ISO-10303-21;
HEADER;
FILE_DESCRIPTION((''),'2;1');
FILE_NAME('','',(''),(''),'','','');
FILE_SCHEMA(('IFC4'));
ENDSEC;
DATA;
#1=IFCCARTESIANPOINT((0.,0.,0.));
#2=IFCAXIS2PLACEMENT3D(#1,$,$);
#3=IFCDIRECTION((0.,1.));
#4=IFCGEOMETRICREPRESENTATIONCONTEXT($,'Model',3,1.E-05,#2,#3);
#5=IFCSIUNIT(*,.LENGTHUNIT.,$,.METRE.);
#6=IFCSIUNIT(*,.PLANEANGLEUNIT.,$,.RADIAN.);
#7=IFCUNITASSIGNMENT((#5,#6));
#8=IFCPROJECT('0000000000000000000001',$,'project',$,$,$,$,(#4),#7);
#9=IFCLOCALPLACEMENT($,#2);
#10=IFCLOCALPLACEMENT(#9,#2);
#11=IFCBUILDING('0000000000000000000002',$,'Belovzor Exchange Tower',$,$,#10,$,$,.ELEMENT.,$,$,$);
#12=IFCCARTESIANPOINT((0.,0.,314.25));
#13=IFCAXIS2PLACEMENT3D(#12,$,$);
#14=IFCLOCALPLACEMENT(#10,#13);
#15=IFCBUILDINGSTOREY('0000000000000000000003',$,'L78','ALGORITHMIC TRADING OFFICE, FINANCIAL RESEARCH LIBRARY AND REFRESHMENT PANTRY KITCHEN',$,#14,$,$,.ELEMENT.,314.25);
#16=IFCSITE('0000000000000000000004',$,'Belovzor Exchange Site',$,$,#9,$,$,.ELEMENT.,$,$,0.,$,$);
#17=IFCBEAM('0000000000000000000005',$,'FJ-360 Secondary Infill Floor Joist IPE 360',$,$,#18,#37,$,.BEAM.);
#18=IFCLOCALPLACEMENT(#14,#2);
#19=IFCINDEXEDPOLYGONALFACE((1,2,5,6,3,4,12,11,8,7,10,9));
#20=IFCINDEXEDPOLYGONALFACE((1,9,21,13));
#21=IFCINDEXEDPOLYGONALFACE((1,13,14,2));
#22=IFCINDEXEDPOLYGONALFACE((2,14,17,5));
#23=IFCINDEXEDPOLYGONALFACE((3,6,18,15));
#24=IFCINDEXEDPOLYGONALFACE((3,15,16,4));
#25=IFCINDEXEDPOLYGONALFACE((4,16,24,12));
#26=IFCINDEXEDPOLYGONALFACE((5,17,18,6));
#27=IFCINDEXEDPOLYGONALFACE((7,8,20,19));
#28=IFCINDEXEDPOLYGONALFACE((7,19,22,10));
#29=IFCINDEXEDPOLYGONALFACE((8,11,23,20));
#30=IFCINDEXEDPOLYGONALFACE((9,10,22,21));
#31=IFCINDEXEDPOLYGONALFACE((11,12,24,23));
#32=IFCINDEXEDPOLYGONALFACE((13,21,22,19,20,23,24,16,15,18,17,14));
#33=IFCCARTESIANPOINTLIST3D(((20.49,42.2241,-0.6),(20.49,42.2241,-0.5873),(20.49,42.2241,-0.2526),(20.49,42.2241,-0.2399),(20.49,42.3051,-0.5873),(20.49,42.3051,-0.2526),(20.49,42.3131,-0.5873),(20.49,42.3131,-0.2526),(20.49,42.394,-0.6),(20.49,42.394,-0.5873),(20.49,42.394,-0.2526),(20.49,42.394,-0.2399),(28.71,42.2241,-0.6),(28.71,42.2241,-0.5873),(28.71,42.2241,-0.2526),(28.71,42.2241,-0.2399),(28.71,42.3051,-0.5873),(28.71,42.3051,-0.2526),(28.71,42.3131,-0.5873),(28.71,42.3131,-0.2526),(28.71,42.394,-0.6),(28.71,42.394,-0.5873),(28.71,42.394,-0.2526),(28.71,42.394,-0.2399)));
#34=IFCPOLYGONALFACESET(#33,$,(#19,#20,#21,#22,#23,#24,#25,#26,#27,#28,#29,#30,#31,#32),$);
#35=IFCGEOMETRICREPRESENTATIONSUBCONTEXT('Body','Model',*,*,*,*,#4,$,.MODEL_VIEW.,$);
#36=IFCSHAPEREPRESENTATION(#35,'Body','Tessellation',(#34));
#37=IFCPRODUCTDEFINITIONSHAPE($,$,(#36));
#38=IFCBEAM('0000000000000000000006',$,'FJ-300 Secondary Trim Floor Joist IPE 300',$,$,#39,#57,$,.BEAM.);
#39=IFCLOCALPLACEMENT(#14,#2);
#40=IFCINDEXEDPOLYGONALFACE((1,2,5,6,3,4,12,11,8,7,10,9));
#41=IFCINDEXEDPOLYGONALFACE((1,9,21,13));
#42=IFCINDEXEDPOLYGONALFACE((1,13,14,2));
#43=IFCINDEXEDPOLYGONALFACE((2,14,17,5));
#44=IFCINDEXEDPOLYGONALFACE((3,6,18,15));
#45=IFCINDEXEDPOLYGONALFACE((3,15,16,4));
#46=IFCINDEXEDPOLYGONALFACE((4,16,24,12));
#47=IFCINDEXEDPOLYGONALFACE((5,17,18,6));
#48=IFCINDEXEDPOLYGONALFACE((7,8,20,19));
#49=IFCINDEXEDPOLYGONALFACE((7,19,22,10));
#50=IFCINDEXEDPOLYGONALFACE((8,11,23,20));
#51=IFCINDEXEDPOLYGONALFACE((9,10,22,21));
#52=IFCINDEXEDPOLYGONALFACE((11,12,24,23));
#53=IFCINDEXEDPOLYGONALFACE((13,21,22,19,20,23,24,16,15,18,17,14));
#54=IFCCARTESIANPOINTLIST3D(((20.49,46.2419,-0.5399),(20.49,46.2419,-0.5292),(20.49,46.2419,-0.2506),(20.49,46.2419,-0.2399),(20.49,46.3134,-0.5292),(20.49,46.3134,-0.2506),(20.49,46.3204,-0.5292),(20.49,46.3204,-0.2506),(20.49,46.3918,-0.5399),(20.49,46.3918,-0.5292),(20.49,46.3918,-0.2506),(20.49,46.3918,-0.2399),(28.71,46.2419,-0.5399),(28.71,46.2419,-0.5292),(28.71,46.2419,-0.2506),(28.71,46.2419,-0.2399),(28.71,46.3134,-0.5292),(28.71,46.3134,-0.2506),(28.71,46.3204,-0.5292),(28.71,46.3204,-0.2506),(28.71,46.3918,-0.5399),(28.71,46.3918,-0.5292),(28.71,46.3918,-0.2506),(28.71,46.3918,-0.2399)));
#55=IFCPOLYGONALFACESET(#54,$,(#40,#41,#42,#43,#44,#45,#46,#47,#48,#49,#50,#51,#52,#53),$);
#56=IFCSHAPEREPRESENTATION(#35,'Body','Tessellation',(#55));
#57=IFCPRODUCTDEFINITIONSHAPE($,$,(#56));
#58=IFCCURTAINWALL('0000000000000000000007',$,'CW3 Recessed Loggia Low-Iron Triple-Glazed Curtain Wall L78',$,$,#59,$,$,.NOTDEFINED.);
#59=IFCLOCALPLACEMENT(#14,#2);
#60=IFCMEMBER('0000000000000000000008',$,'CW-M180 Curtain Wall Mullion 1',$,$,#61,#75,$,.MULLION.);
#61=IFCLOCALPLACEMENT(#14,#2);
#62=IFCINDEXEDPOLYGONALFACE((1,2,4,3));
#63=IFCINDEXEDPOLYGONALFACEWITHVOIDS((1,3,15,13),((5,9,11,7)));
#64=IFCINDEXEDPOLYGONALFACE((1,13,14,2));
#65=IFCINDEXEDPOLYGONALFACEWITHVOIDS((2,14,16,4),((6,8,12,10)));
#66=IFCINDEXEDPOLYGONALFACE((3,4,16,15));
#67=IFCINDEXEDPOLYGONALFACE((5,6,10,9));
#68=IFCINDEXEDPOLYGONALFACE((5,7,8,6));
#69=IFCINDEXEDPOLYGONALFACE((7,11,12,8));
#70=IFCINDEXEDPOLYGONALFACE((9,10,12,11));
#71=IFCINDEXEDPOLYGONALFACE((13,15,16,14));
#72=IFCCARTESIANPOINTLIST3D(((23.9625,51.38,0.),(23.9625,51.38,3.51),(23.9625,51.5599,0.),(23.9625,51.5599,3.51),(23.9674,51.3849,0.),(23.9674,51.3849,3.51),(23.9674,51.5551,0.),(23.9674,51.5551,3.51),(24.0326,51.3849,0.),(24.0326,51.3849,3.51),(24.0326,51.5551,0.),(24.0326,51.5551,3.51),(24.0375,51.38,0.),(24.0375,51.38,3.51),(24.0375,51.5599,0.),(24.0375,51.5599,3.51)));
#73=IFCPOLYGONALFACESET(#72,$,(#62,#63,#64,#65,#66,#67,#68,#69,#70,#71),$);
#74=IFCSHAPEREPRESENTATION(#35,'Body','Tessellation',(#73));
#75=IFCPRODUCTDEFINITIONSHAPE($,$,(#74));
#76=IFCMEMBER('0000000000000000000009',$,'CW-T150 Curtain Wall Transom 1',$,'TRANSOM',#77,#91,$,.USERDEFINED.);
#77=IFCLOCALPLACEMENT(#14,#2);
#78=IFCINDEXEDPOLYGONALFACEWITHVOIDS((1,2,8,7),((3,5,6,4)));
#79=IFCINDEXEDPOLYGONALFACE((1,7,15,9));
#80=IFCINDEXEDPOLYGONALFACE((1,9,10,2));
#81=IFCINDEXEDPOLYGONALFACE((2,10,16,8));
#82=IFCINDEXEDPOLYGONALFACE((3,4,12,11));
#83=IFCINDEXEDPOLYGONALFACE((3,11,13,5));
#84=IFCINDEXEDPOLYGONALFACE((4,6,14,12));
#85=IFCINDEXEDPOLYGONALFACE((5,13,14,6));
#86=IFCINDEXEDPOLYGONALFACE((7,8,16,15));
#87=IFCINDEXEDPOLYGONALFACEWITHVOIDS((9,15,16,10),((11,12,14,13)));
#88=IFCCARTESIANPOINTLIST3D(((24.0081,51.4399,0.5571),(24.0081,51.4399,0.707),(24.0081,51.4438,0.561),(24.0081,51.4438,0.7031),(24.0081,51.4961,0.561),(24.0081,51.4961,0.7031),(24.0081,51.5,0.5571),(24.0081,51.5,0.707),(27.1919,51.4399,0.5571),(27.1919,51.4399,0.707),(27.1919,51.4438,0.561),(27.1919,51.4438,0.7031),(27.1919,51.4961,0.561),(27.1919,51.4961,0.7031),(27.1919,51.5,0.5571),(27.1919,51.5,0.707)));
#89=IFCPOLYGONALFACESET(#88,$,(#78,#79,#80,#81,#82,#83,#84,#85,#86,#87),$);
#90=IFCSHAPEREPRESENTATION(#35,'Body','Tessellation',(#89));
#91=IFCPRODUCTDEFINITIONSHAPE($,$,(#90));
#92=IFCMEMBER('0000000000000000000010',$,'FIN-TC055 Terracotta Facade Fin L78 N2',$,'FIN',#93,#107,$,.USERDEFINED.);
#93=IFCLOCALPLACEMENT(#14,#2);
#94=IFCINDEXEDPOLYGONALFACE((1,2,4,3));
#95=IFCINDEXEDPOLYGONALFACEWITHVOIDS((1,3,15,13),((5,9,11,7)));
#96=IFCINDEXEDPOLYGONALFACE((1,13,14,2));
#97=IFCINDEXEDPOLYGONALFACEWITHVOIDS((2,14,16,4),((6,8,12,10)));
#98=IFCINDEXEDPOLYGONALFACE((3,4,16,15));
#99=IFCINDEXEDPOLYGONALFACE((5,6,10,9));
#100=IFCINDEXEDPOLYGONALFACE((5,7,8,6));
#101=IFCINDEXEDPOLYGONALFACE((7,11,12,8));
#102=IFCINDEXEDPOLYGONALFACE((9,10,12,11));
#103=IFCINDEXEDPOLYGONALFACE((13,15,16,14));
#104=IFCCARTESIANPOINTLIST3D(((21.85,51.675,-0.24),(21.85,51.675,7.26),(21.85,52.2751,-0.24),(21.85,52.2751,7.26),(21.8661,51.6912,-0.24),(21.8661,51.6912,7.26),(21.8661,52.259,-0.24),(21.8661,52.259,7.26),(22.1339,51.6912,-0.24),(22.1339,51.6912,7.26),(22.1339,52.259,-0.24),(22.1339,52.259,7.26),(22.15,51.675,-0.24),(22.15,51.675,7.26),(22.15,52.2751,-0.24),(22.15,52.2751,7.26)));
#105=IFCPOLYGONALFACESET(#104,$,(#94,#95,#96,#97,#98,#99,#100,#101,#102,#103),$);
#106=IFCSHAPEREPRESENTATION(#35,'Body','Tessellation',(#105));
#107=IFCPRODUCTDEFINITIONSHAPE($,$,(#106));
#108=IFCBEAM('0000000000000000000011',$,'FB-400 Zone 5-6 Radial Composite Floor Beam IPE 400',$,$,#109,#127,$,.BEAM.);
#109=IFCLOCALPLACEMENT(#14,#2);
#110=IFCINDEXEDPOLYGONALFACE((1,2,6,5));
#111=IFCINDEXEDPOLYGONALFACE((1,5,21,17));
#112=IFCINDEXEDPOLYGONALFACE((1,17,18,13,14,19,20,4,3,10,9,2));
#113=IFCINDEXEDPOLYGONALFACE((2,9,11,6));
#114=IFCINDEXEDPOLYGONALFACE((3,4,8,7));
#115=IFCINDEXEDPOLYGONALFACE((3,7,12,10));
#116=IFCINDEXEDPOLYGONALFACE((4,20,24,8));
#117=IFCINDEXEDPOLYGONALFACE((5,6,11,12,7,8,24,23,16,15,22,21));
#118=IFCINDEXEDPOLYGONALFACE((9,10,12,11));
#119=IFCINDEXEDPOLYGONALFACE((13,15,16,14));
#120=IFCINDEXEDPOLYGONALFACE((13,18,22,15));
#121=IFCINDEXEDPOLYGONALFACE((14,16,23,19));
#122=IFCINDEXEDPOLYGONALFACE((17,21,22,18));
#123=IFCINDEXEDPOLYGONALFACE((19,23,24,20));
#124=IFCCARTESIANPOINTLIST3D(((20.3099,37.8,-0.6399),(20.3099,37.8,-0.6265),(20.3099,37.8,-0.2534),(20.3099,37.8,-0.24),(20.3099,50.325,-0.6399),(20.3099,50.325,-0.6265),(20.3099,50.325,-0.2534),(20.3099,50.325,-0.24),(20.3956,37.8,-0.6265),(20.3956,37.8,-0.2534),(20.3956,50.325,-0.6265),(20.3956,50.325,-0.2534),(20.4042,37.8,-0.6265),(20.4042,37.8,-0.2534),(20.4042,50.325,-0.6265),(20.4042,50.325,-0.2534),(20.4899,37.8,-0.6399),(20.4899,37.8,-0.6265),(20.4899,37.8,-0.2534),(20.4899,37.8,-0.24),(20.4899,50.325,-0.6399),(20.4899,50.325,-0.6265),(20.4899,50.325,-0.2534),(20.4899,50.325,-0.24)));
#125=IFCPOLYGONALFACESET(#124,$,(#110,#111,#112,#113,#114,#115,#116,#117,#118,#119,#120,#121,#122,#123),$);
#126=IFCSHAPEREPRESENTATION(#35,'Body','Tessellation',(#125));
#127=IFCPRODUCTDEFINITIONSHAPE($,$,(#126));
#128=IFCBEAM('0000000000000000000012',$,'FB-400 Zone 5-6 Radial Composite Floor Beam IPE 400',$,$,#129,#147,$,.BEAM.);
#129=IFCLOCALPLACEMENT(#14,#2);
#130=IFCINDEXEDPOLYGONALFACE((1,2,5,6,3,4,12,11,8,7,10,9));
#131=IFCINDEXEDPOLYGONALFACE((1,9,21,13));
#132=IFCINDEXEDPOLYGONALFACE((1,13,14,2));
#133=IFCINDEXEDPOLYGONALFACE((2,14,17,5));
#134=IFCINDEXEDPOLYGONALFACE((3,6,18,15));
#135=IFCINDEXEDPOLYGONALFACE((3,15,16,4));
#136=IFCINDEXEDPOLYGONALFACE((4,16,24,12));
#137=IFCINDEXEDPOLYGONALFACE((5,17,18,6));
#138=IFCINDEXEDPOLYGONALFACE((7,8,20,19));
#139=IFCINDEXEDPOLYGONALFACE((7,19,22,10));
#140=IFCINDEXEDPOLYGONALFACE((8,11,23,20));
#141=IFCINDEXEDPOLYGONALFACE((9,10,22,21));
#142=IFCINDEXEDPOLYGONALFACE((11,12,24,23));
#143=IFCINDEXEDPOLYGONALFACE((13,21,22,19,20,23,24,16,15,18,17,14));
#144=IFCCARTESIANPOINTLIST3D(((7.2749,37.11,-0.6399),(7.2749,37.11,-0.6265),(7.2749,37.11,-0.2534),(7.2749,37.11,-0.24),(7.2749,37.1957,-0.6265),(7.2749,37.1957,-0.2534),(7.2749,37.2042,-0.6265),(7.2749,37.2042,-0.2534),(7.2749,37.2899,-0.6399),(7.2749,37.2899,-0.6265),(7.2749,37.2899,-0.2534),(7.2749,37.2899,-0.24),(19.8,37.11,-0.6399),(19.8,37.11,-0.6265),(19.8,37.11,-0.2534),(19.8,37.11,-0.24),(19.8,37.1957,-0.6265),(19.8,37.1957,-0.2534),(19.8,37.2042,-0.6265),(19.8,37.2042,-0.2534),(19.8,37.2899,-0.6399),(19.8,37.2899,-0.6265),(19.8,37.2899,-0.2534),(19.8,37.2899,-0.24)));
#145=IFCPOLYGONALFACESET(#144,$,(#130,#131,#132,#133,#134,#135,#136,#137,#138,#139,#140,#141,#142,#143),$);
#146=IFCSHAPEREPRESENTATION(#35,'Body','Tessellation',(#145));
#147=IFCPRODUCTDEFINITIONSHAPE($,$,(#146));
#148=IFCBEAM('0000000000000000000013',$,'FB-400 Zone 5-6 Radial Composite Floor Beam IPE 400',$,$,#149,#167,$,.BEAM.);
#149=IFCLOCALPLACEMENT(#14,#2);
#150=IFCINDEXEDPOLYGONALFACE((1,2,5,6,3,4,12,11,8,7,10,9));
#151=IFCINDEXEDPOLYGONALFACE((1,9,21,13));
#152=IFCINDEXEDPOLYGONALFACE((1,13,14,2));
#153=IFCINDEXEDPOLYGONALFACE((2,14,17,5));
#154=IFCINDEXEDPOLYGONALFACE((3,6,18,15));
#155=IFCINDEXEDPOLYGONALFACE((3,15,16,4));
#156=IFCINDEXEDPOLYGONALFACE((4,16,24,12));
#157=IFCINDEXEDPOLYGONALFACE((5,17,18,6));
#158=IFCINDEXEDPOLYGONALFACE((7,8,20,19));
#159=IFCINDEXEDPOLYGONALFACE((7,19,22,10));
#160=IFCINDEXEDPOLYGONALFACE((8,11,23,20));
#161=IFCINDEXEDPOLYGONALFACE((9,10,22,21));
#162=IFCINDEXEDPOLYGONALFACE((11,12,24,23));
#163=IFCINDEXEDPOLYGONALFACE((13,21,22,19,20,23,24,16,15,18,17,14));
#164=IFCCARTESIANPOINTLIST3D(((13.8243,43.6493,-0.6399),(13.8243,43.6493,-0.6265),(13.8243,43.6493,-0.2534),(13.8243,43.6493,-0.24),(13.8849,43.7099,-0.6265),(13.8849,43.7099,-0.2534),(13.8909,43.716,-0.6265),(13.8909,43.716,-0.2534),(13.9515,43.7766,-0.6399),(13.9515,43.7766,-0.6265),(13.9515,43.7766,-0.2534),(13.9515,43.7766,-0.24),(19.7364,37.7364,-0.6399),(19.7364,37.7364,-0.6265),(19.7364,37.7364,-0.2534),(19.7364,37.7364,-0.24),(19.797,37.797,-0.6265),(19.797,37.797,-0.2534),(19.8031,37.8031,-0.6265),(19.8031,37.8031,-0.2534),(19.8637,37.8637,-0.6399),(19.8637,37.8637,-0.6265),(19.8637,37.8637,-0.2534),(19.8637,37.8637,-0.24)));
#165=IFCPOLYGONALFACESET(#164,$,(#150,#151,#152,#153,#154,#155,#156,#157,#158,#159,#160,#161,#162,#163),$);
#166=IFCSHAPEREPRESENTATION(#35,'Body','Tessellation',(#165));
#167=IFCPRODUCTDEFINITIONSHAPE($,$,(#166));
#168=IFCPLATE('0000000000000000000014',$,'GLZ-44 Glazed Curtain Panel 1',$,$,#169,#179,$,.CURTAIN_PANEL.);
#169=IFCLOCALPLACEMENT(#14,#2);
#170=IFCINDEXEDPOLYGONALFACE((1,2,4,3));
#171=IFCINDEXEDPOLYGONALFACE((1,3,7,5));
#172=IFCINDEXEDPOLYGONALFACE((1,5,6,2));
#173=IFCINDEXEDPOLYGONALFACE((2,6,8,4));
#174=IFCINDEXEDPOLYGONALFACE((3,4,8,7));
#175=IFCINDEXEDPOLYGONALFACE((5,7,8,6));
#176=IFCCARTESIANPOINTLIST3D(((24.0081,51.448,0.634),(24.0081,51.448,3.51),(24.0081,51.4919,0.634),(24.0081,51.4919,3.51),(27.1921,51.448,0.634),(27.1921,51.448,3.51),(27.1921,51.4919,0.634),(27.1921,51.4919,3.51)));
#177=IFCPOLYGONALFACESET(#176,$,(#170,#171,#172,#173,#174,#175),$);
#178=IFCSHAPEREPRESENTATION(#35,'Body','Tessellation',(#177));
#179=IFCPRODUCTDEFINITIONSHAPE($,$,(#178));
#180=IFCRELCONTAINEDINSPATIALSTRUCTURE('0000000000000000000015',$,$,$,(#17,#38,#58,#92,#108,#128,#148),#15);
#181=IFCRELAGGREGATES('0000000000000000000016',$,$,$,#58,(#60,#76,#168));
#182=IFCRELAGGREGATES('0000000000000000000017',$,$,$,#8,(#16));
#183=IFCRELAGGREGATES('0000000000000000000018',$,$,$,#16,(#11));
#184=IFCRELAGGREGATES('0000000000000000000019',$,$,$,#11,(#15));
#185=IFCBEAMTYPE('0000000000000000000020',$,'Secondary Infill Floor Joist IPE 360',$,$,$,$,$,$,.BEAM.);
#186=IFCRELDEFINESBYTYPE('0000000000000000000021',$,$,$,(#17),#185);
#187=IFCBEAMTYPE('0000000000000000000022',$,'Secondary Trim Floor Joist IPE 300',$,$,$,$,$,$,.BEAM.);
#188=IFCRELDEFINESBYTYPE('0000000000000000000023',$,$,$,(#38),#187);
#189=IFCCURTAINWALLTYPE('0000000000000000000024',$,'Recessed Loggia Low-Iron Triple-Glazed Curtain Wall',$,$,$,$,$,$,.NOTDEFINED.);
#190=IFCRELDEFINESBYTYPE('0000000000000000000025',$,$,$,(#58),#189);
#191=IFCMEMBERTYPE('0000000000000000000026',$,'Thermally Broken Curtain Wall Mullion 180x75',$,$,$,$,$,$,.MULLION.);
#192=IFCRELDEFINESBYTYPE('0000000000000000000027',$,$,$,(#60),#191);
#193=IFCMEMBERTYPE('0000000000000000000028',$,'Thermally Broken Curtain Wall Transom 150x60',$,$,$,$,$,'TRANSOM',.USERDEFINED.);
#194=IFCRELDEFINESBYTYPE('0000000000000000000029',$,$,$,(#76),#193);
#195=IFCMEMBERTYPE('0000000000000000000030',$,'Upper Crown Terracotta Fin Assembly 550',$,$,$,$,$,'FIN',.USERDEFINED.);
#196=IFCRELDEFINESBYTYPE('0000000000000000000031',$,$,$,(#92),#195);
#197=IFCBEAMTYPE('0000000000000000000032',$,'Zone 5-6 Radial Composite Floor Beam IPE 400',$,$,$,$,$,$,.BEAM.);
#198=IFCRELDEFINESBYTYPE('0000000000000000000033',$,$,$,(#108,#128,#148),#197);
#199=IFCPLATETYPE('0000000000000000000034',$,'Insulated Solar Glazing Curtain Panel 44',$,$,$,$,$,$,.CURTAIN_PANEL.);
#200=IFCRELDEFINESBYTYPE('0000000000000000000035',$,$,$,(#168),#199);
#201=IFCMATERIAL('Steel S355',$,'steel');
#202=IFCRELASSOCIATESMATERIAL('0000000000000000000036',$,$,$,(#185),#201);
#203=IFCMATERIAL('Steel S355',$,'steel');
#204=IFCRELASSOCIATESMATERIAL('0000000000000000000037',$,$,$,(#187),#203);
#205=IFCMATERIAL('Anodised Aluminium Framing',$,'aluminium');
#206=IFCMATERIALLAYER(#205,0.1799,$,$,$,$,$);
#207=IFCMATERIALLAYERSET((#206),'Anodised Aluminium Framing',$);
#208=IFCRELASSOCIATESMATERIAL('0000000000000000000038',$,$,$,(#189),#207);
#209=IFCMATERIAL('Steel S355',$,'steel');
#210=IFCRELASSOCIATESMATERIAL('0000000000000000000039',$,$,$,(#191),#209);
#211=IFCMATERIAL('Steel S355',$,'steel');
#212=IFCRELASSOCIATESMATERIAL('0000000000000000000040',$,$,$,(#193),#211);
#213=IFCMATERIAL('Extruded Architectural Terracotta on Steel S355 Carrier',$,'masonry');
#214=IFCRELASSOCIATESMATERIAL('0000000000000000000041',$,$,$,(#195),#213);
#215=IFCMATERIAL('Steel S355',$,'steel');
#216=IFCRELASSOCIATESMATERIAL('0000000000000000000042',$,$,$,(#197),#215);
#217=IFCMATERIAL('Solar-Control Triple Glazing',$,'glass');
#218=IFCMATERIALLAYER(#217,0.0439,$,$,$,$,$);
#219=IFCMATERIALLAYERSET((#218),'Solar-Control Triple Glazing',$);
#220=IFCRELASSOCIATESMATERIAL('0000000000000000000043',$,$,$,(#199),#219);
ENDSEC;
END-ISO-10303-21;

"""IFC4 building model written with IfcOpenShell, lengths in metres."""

from ifc_helpers import new_model, si_unit, direction, frame, origin, origin_2d, place, context, subcontext, project, spatial, rectangle, hollow_rectangle, i_section, extrude, material, layer, layer_set, material_profile, profile_set, type_object, element, aggregate, save


model = new_model("IFC4")

# Units and contexts
model_context = context("Model", 3, precision=1e-05, world=origin(), true_north=direction((0.0, 1.0)))
body_context = subcontext(model_context, "Body", "Model", "MODEL_VIEW")
ifc_project = project(units=[si_unit("LENGTHUNIT", "METRE"), si_unit("PLANEANGLEUNIT", "RADIAN")], contexts=[model_context])

# Site, building, storey
site_placement = place(None, origin())
site = spatial("IfcSite", under=ifc_project, at=site_placement, Name="Belovzor Exchange Site", CompositionType="ELEMENT", RefElevation=0.0)
building_placement = place(site_placement, origin())
building = spatial("IfcBuilding", under=site, at=building_placement, Name="Belovzor Exchange Tower", CompositionType="ELEMENT")
storey_placement = place(building_placement, frame((0.0, 0.0, 314.25)))
storey = spatial("IfcBuildingStorey", under=building, at=storey_placement, Name="L78", Description="ALGORITHMIC TRADING OFFICE, FINANCIAL RESEARCH LIBRARY AND REFRESHMENT PANTRY KITCHEN", CompositionType="ELEMENT", Elevation=314.25)

# Beams
ifc_material_1 = material(Name="Steel S355", Category="steel")
ifc_material_profile_1 = material_profile(ifc_material_1, i_section(OverallWidth=0.1699, OverallDepth=0.3601, WebThickness=0.0081, FlangeThickness=0.0127, at=origin_2d()))
ifc_profile_set_1 = profile_set([ifc_material_profile_1], Name="Steel S355")
beam_type_1 = type_object("IfcBeamType", Name="Secondary Infill Floor Joist IPE 360", PredefinedType="BEAM", material=ifc_profile_set_1)
beam_1_placement = place(storey_placement, frame((20.49, 42.3091, -0.4199), z_axis=(1.0, 0.0, 0.0), x_axis=(0.0, 1.0, 0.0)))
element("IfcBeam", 1, at=beam_1_placement, inside=storey, type_object=beam_type_1, Name="FJ-360 Secondary Infill Floor Joist IPE 360", PredefinedType="BEAM", context=body_context, shape_type="SweptSolid", body=[
    extrude(i_section(OverallWidth=0.1699, OverallDepth=0.3601, WebThickness=0.0081, FlangeThickness=0.0127, at=origin_2d()), origin(), (0.0, 0.0, 1.0), 8.22),
])
ifc_material_2 = material(Name="Steel S355", Category="steel")
ifc_material_profile_2 = material_profile(ifc_material_2, i_section(OverallWidth=0.1499, OverallDepth=0.3, WebThickness=0.0071, FlangeThickness=0.0107, at=origin_2d()))
ifc_profile_set_2 = profile_set([ifc_material_profile_2], Name="Steel S355")
beam_type_2 = type_object("IfcBeamType", Name="Secondary Trim Floor Joist IPE 300", PredefinedType="BEAM", material=ifc_profile_set_2)
beam_2_placement = place(storey_placement, frame((20.49, 46.3169, -0.3899), z_axis=(1.0, 0.0, 0.0), x_axis=(0.0, 1.0, 0.0)))
element("IfcBeam", 2, at=beam_2_placement, inside=storey, type_object=beam_type_2, Name="FJ-300 Secondary Trim Floor Joist IPE 300", PredefinedType="BEAM", context=body_context, shape_type="SweptSolid", body=[
    extrude(i_section(OverallWidth=0.1499, OverallDepth=0.3, WebThickness=0.0071, FlangeThickness=0.0107, at=origin_2d()), origin(), (0.0, 0.0, 1.0), 8.22),
])

# Curtain wall, members
ifc_material_3 = material(Name="Anodised Aluminium Framing", Category="aluminium")
ifc_layer_1 = layer(ifc_material_3, 0.1799)
ifc_layer_set_1 = layer_set([ifc_layer_1], Name="Anodised Aluminium Framing")
curtain_wall_type = type_object("IfcCurtainWallType", Name="Recessed Loggia Low-Iron Triple-Glazed Curtain Wall", PredefinedType="NOTDEFINED", material=ifc_layer_set_1)
curtain_wall_placement = place(storey_placement, origin())
curtain_wall = element("IfcCurtainWall", 3, at=curtain_wall_placement, inside=storey, type_object=curtain_wall_type, Name="CW3 Recessed Loggia Low-Iron Triple-Glazed Curtain Wall L78", PredefinedType="NOTDEFINED")
ifc_material_4 = material(Name="Steel S355", Category="steel")
ifc_material_profile_3 = material_profile(ifc_material_4, hollow_rectangle(XDim=0.075, YDim=0.1799, WallThickness=0.0049, at=origin_2d()))
ifc_profile_set_3 = profile_set([ifc_material_profile_3], Name="Steel S355")
member_type_1 = type_object("IfcMemberType", Name="Thermally Broken Curtain Wall Mullion 180x75", PredefinedType="MULLION", material=ifc_profile_set_3)
member_1_placement = place(storey_placement, frame((24.0, 51.47, 0.0), z_axis=(0.0, 0.0, 1.0), x_axis=(1.0, 0.0, 0.0)))
member_1 = element("IfcMember", 4, at=member_1_placement, type_object=member_type_1, Name="CW-M180 Curtain Wall Mullion 1", PredefinedType="MULLION", context=body_context, shape_type="SweptSolid", body=[
    extrude(hollow_rectangle(XDim=0.075, YDim=0.1799, WallThickness=0.0049, at=origin_2d()), origin(), (0.0, 0.0, 1.0), 3.51),
])
ifc_material_5 = material(Name="Steel S355", Category="steel")
ifc_material_profile_4 = material_profile(ifc_material_5, hollow_rectangle(XDim=0.0601, YDim=0.1499, WallThickness=0.0039, at=origin_2d()))
ifc_profile_set_4 = profile_set([ifc_material_profile_4], Name="Steel S355")
member_type_2 = type_object("IfcMemberType", Name="Thermally Broken Curtain Wall Transom 150x60", ElementType="TRANSOM", PredefinedType="USERDEFINED", material=ifc_profile_set_4)
member_2_placement = place(storey_placement, frame((24.0081, 51.47, 0.6321), z_axis=(1.0, 0.0, 0.0), x_axis=(0.0, 1.0, 0.0)))
member_2 = element("IfcMember", 5, at=member_2_placement, type_object=member_type_2, Name="CW-T150 Curtain Wall Transom 1", ObjectType="TRANSOM", PredefinedType="USERDEFINED", context=body_context, shape_type="SweptSolid", body=[
    extrude(hollow_rectangle(XDim=0.0601, YDim=0.1499, WallThickness=0.0039, at=origin_2d()), origin(), (0.0, 0.0, 1.0), 3.1838),
])

# Member
ifc_material_6 = material(Name="Extruded Architectural Terracotta on Steel S355 Carrier", Category="masonry")
ifc_material_profile_5 = material_profile(ifc_material_6, hollow_rectangle(XDim=0.3, YDim=0.6001, WallThickness=0.0161, at=origin_2d()))
ifc_profile_set_5 = profile_set([ifc_material_profile_5], Name="Extruded Architectural Terracotta on Steel S355 Carrier")
member_type_3 = type_object("IfcMemberType", Name="Upper Crown Terracotta Fin Assembly 550", ElementType="FIN", PredefinedType="USERDEFINED", material=ifc_profile_set_5)
member_3_placement = place(storey_placement, frame((22.0, 51.9751, -0.24), z_axis=(0.0, 0.0, 1.0), x_axis=(1.0, 0.0, 0.0)))
element("IfcMember", 6, at=member_3_placement, inside=storey, type_object=member_type_3, Name="FIN-TC055 Terracotta Facade Fin L78 N2", ObjectType="FIN", PredefinedType="USERDEFINED", context=body_context, shape_type="SweptSolid", body=[
    extrude(hollow_rectangle(XDim=0.3, YDim=0.6001, WallThickness=0.0161, at=origin_2d()), origin(), (0.0, 0.0, 1.0), 7.5),
])

# Beams
ifc_material_7 = material(Name="Steel S355", Category="steel")
ifc_material_profile_6 = material_profile(ifc_material_7, i_section(OverallWidth=0.1799, OverallDepth=0.3999, WebThickness=0.0085, FlangeThickness=0.0134, at=origin_2d()))
ifc_profile_set_6 = profile_set([ifc_material_profile_6], Name="Steel S355")
beam_type_3 = type_object("IfcBeamType", Name="Zone 5-6 Radial Composite Floor Beam IPE 400", PredefinedType="BEAM", material=ifc_profile_set_6)
beam_3_placement = place(storey_placement, frame((20.3999, 37.8, -0.4399), z_axis=(0.0, 1.0, 0.0), x_axis=(-1.0, 0.0, 0.0)))
element("IfcBeam", 7, at=beam_3_placement, inside=storey, type_object=beam_type_3, Name="FB-400 Zone 5-6 Radial Composite Floor Beam IPE 400", PredefinedType="BEAM", context=body_context, shape_type="SweptSolid", body=[
    extrude(i_section(OverallWidth=0.1799, OverallDepth=0.3999, WebThickness=0.0085, FlangeThickness=0.0134, at=origin_2d()), origin(), (0.0, 0.0, 1.0), 12.5249),
])
beam_4_placement = place(storey_placement, frame((19.8, 37.2, -0.4399), z_axis=(-1.0, 0.0, 0.0), x_axis=(0.0, -1.0, 0.0)))
element("IfcBeam", 8, at=beam_4_placement, inside=storey, type_object=beam_type_3, Name="FB-400 Zone 5-6 Radial Composite Floor Beam IPE 400", PredefinedType="BEAM", context=body_context, shape_type="SweptSolid", body=[
    extrude(i_section(OverallWidth=0.1799, OverallDepth=0.3999, WebThickness=0.0085, FlangeThickness=0.0134, at=origin_2d()), origin(), (0.0, 0.0, 1.0), 12.5251),
])
beam_5_placement = place(storey_placement, frame((19.8, 37.8, -0.4399), z_axis=(-0.707063, 0.707151, 0.0), x_axis=(-0.707151, -0.707063, 0.0)))
element("IfcBeam", 9, at=beam_5_placement, inside=storey, type_object=beam_type_3, Name="FB-400 Zone 5-6 Radial Composite Floor Beam IPE 400", PredefinedType="BEAM", context=body_context, shape_type="SweptSolid", body=[
    extrude(i_section(OverallWidth=0.1799, OverallDepth=0.3999, WebThickness=0.0085, FlangeThickness=0.0134, at=origin_2d()), origin(), (0.0, 0.0, 1.0), 8.3616),
])

# Plate
ifc_material_8 = material(Name="Solar-Control Triple Glazing", Category="glass")
ifc_layer_2 = layer(ifc_material_8, 0.0439)
ifc_layer_set_2 = layer_set([ifc_layer_2], Name="Solar-Control Triple Glazing")
plate_type_1 = type_object("IfcPlateType", Name="Insulated Solar Glazing Curtain Panel 44", PredefinedType="CURTAIN_PANEL", material=ifc_layer_set_2)
plate_1_placement = place(storey_placement, frame((25.6001, 51.47, 0.634), z_axis=(0.0, 0.0, 1.0), x_axis=(1.0, 0.0, 0.0)))
plate_1 = element("IfcPlate", 10, at=plate_1_placement, type_object=plate_type_1, Name="GLZ-44 Glazed Curtain Panel 1", PredefinedType="CURTAIN_PANEL", context=body_context, shape_type="SweptSolid", body=[
    extrude(rectangle(XDim=3.1841, YDim=0.0439, at=origin_2d()), origin(), (0.0, 0.0, 1.0), 2.876),
])
aggregate(curtain_wall, [member_1, member_2, plate_1])

save(model, "model.ifc")
